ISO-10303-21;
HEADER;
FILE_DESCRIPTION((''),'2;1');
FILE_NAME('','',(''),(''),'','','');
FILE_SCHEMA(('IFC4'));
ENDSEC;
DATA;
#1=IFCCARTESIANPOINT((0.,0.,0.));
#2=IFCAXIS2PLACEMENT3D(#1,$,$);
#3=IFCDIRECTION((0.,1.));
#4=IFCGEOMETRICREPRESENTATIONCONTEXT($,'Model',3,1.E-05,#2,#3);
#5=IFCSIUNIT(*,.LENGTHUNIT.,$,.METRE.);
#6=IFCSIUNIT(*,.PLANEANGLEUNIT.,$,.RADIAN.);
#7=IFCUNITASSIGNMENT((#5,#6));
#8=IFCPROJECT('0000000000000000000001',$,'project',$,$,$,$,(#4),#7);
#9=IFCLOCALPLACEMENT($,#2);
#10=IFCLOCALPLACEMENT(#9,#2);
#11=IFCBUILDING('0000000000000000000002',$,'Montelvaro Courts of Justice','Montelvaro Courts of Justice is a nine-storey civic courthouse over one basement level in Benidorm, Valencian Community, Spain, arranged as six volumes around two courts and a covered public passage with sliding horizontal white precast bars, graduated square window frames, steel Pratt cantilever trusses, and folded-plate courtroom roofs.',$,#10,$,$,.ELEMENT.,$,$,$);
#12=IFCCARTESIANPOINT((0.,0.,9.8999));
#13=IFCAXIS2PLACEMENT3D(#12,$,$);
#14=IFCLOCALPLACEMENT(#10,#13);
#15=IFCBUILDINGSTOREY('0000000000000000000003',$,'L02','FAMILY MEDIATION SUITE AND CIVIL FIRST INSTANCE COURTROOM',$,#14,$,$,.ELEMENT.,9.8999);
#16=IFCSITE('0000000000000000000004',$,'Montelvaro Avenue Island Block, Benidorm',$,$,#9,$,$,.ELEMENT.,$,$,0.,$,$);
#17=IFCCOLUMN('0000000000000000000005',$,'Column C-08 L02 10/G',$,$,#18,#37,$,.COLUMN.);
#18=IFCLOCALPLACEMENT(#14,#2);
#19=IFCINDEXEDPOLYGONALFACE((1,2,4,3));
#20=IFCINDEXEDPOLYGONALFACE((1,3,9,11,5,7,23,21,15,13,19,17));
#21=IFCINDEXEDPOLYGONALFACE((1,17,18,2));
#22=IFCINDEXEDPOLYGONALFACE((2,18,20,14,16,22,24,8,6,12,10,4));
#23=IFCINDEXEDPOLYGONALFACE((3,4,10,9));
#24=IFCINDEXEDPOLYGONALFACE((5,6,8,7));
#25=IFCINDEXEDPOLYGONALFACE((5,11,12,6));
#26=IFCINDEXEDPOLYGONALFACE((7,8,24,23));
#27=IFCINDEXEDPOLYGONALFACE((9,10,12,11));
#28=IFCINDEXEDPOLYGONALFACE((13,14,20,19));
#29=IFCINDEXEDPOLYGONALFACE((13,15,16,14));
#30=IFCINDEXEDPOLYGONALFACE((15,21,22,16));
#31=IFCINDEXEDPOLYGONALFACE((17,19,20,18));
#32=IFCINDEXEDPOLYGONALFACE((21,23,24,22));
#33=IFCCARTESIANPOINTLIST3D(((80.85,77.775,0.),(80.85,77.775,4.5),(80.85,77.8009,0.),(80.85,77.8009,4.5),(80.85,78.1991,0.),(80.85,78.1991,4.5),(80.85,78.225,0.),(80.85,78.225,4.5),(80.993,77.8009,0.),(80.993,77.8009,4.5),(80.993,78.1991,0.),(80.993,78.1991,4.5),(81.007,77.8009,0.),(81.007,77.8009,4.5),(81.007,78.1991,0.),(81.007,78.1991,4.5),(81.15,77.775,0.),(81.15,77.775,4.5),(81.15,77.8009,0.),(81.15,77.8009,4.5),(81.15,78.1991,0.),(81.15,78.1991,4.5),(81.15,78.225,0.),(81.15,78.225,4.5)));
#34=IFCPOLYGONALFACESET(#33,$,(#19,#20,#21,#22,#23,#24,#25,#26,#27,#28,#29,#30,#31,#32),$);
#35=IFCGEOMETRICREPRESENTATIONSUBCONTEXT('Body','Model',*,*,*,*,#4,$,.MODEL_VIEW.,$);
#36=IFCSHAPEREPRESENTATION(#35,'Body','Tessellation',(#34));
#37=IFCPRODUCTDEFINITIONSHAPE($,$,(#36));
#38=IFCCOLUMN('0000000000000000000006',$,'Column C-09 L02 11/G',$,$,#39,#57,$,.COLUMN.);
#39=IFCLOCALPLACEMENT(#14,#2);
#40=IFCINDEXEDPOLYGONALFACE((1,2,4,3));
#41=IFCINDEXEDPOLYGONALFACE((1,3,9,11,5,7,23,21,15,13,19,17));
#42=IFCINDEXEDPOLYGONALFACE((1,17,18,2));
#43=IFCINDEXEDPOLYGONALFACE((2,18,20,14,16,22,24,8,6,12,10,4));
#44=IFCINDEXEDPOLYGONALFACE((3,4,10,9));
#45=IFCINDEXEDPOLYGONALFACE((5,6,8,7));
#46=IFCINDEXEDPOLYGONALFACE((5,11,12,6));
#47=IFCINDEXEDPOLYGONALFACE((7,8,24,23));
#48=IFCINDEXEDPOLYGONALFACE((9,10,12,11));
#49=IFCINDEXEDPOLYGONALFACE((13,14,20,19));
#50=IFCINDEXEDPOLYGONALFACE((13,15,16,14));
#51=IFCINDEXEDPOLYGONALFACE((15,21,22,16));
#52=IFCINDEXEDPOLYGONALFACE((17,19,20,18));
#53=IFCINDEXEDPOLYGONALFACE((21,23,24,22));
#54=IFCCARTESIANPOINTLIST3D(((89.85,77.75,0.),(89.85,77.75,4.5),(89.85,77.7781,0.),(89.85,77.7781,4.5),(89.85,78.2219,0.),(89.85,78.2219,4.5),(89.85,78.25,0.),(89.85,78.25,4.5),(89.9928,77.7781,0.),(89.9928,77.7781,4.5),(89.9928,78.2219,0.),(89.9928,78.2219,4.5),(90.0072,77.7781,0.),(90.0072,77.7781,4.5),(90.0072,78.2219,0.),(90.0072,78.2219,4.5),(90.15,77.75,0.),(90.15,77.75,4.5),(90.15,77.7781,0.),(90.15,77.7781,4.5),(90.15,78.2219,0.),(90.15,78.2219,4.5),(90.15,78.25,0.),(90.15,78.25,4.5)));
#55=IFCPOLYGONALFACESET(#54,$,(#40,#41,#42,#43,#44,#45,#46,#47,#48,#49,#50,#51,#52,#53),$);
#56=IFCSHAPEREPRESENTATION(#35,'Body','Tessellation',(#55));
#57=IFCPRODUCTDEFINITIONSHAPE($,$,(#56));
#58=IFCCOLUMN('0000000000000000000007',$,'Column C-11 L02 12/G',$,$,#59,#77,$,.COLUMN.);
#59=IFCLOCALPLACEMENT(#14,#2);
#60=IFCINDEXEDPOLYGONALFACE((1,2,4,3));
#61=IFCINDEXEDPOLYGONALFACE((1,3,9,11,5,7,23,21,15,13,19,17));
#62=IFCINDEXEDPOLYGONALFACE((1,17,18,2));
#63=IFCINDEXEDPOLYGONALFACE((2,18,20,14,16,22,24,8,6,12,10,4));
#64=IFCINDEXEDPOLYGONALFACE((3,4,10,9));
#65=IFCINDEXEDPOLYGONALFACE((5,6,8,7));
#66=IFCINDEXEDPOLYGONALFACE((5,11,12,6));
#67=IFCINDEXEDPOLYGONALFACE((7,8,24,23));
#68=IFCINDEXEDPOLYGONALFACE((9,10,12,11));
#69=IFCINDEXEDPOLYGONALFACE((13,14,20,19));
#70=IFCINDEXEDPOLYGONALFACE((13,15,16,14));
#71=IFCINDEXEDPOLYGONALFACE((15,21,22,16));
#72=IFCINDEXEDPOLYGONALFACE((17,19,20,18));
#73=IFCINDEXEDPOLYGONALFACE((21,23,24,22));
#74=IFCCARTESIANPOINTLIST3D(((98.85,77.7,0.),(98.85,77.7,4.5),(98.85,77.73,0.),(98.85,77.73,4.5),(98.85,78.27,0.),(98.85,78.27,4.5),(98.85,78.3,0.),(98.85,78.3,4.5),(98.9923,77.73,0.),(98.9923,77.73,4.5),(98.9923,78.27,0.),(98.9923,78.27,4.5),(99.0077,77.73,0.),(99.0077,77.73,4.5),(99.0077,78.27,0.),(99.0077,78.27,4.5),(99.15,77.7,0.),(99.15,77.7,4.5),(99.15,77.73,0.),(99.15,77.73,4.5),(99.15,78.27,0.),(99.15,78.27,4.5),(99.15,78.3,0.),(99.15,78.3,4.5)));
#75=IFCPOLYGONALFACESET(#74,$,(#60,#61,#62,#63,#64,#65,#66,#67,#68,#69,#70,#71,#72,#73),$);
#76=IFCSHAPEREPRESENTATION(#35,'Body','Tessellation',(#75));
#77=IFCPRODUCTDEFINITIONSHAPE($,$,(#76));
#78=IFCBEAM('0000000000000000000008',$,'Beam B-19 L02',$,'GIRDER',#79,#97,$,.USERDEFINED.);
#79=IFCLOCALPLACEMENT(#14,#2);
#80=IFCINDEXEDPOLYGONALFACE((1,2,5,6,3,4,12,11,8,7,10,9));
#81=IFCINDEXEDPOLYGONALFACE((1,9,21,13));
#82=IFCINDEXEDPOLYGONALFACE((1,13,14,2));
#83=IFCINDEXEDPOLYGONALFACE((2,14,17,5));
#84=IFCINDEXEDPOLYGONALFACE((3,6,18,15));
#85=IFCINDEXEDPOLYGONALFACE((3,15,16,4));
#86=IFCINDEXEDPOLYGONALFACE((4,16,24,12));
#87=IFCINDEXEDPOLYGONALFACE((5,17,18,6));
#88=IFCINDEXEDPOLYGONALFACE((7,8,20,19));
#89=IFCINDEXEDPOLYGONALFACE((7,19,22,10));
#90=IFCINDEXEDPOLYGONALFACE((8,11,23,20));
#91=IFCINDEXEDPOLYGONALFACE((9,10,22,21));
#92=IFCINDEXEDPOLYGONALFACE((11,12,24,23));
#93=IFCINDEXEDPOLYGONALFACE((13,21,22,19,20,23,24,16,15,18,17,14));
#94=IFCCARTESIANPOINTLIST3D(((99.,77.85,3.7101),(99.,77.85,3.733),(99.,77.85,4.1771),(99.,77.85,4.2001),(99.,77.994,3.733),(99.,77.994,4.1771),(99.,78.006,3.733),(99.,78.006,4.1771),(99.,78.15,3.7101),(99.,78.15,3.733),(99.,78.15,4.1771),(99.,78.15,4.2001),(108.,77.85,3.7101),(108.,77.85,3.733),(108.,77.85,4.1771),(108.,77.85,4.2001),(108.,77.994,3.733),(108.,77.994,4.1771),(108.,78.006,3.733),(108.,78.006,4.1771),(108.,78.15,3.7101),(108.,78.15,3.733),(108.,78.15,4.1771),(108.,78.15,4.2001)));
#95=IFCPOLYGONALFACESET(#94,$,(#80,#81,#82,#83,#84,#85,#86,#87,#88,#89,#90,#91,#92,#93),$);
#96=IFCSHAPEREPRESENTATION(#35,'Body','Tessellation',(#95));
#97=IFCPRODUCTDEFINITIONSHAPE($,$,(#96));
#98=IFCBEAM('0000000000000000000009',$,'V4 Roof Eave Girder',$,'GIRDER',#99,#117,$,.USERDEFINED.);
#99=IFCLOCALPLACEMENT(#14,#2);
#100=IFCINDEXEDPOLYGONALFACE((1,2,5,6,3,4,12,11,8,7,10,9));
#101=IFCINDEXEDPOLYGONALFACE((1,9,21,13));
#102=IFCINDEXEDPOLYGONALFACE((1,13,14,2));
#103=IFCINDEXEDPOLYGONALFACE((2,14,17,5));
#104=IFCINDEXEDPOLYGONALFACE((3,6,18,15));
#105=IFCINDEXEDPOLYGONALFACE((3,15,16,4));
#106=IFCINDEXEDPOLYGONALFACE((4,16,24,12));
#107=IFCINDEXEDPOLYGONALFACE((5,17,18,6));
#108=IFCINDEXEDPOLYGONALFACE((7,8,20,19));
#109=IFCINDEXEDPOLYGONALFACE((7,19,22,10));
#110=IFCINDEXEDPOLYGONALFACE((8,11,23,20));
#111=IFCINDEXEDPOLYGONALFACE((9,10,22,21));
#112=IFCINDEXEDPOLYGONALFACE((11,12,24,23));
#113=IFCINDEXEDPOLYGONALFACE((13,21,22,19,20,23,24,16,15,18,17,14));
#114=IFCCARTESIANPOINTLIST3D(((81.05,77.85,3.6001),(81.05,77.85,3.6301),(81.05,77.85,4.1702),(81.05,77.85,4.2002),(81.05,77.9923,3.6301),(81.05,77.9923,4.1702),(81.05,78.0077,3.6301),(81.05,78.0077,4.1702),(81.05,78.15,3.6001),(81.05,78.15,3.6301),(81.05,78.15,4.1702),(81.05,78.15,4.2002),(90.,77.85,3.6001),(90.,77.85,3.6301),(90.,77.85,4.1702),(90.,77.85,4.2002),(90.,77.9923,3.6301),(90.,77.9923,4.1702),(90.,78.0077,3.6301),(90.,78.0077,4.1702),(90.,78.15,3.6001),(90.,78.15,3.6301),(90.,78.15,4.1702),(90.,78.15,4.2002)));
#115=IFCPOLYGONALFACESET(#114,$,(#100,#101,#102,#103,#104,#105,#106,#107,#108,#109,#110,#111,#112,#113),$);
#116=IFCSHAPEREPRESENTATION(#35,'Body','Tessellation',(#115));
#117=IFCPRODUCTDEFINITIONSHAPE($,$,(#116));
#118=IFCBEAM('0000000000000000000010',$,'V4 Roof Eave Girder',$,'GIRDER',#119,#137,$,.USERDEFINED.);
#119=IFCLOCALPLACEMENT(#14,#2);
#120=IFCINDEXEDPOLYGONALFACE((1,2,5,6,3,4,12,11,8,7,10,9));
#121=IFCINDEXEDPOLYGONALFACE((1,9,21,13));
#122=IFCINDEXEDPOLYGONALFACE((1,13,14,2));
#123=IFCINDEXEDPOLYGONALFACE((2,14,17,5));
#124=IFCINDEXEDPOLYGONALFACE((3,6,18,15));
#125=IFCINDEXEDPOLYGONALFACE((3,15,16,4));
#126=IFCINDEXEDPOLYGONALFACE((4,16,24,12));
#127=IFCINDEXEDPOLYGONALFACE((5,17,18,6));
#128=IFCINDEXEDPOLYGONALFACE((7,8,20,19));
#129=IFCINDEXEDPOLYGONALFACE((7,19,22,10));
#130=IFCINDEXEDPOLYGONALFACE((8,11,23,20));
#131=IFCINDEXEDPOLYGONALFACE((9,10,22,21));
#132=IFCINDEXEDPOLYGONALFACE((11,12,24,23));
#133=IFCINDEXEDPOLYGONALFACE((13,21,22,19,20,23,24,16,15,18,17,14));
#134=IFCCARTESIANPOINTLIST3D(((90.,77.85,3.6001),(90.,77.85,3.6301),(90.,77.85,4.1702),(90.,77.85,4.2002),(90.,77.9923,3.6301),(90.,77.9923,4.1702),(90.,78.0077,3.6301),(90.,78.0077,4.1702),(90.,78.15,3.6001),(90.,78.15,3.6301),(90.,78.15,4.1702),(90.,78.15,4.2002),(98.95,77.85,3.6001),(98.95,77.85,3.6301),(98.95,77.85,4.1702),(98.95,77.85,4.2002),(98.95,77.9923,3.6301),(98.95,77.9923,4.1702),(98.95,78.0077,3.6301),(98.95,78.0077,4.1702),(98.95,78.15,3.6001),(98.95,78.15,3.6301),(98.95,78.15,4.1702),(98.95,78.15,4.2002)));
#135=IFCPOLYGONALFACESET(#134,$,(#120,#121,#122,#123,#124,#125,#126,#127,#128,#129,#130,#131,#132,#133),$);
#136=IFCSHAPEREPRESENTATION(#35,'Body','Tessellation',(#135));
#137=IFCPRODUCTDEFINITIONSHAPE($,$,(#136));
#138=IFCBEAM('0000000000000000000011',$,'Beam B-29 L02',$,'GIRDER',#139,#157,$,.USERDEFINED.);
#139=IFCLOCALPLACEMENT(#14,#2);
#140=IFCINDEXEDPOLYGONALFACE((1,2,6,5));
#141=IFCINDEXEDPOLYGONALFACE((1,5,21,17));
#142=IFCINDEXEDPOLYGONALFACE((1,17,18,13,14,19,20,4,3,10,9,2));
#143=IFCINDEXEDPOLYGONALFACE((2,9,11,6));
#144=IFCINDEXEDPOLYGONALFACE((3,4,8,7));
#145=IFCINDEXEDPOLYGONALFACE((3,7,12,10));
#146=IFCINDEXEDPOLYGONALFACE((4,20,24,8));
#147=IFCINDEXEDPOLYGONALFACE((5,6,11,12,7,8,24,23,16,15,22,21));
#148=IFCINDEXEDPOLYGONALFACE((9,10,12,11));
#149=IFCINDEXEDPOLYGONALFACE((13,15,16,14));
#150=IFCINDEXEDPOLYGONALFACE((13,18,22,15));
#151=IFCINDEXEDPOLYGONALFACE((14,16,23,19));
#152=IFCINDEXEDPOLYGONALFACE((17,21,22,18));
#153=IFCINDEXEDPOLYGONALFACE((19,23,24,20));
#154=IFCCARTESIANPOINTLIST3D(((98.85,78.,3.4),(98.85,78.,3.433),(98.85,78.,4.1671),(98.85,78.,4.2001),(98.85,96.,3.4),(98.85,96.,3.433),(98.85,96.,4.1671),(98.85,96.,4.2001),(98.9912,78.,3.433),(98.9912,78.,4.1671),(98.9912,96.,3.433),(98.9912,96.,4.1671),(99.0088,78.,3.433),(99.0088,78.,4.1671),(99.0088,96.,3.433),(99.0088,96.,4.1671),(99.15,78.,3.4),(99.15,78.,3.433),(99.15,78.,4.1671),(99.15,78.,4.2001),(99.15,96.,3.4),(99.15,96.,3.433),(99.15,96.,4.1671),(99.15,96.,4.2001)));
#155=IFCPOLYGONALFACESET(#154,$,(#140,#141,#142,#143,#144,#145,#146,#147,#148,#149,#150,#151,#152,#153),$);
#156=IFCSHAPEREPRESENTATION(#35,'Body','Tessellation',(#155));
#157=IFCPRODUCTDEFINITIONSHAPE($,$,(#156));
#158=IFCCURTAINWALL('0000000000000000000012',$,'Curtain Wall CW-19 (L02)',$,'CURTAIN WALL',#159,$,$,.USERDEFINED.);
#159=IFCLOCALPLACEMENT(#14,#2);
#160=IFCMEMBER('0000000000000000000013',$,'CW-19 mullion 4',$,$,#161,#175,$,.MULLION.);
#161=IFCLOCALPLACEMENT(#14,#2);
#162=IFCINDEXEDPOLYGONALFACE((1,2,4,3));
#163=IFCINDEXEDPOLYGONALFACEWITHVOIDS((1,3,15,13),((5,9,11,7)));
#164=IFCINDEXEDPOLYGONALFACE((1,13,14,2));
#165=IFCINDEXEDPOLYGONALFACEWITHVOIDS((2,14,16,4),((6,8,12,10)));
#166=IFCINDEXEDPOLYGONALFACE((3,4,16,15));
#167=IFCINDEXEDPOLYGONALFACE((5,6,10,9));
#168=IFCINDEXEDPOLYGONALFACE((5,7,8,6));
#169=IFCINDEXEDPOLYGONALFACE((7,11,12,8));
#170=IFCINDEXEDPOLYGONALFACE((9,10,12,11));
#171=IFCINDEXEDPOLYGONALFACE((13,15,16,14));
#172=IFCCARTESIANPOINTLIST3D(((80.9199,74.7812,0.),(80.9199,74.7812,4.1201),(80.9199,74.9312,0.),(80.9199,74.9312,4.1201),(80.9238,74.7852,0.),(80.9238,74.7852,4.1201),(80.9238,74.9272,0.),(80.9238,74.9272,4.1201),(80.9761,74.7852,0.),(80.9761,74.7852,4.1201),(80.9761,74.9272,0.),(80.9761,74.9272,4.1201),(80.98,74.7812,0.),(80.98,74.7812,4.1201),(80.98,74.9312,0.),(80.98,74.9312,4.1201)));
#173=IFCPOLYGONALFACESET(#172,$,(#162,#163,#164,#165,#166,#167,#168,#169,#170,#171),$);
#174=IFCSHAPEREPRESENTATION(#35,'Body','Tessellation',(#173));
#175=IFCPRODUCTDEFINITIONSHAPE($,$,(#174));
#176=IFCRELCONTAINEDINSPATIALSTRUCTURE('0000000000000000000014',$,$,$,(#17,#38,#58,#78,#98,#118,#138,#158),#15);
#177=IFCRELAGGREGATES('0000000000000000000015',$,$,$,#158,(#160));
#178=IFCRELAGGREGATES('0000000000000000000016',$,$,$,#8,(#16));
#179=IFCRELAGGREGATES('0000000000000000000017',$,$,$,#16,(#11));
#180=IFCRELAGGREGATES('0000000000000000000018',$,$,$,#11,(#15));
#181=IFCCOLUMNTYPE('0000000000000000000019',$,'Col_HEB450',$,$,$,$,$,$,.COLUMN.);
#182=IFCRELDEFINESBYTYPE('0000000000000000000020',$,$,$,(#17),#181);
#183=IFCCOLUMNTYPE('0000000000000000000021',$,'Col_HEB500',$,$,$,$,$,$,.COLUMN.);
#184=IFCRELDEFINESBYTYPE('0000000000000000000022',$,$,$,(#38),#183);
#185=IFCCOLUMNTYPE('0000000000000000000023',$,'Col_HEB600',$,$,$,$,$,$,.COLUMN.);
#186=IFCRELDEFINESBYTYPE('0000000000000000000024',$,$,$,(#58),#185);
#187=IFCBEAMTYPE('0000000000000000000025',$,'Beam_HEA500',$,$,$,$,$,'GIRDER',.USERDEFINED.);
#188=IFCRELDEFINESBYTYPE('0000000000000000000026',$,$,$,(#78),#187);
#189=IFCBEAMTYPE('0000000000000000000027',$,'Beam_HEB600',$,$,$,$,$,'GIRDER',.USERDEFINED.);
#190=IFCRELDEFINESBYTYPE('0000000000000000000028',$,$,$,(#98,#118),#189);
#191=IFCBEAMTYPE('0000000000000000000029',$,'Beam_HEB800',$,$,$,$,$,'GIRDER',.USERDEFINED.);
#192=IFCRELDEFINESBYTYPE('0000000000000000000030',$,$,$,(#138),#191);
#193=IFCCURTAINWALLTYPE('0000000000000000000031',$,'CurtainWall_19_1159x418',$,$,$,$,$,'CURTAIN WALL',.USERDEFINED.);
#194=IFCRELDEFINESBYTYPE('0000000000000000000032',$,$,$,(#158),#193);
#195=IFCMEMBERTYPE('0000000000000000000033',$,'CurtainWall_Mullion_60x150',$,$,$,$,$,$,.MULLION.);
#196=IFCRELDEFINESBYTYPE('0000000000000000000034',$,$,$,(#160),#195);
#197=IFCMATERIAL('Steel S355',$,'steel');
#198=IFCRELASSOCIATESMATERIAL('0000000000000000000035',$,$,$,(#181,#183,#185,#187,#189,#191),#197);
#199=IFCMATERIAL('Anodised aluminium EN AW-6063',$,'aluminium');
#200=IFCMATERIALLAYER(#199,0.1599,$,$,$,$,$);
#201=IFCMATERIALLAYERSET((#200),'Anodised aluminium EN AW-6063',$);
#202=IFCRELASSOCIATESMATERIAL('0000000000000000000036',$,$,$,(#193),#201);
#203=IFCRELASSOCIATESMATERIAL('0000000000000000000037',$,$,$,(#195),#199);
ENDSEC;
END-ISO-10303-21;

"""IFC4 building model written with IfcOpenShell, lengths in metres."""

from ifc_helpers import new_model, si_unit, direction, frame, origin, origin_2d, place, context, subcontext, project, spatial, hollow_rectangle, i_section, extrude, material, layer, layer_set, material_profile, profile_set, type_object, element, aggregate, save


model = new_model("IFC4")

# Units and contexts
model_context = context("Model", 3, precision=1e-05, world=origin(), true_north=direction((0.0, 1.0)))
body_context = subcontext(model_context, "Body", "Model", "MODEL_VIEW")
ifc_project = project(units=[si_unit("LENGTHUNIT", "METRE"), si_unit("PLANEANGLEUNIT", "RADIAN")], contexts=[model_context])

# Site, building, storey
site_placement = place(None, origin())
site = spatial("IfcSite", under=ifc_project, at=site_placement, Name="Montelvaro Avenue Island Block, Benidorm", CompositionType="ELEMENT", RefElevation=0.0)
building_placement = place(site_placement, origin())
building = spatial("IfcBuilding", under=site, at=building_placement, Name="Montelvaro Courts of Justice", Description="Montelvaro Courts of Justice is a nine-storey civic courthouse over one basement level in Benidorm, Valencian Community, Spain, arranged as six volumes around two courts and a covered public passage with sliding horizontal white precast bars, graduated square window frames, steel Pratt cantilever trusses, and folded-plate courtroom roofs.", CompositionType="ELEMENT")
storey_placement = place(building_placement, frame((0.0, 0.0, 9.8999)))
storey = spatial("IfcBuildingStorey", under=building, at=storey_placement, Name="L02", Description="FAMILY MEDIATION SUITE AND CIVIL FIRST INSTANCE COURTROOM", CompositionType="ELEMENT", Elevation=9.8999)

# Columns
ifc_material_1 = material(Name="Steel S355", Category="steel")
ifc_material_profile_1 = material_profile(ifc_material_1, i_section(OverallWidth=0.3, OverallDepth=0.45, WebThickness=0.0139, FlangeThickness=0.0259, at=origin_2d()), Name="HEB 450")
ifc_profile_set_1 = profile_set([ifc_material_profile_1], Name="Steel S355")
column_type_1 = type_object("IfcColumnType", Name="Col_HEB450", PredefinedType="COLUMN", material=ifc_profile_set_1)
column_1_placement = place(storey_placement, frame((81.0, 78.0, 0.0), z_axis=(0.0, 0.0, 1.0), x_axis=(1.0, 0.0, 0.0)))
element("IfcColumn", 1, at=column_1_placement, inside=storey, type_object=column_type_1, Name="Column C-08 L02 10/G", PredefinedType="COLUMN", context=body_context, shape_type="SweptSolid", body=[
    extrude(i_section(OverallWidth=0.3, OverallDepth=0.45, WebThickness=0.0139, FlangeThickness=0.0259, at=origin_2d()), origin(), (0.0, 0.0, 1.0), 4.5),
])
ifc_material_profile_2 = material_profile(ifc_material_1, i_section(OverallWidth=0.3, OverallDepth=0.5, WebThickness=0.0144, FlangeThickness=0.0281, at=origin_2d()), Name="HEB 500")
ifc_profile_set_2 = profile_set([ifc_material_profile_2], Name="Steel S355")
column_type_2 = type_object("IfcColumnType", Name="Col_HEB500", PredefinedType="COLUMN", material=ifc_profile_set_2)
column_2_placement = place(storey_placement, frame((90.0, 78.0, 0.0), z_axis=(0.0, 0.0, 1.0), x_axis=(1.0, 0.0, 0.0)))
element("IfcColumn", 2, at=column_2_placement, inside=storey, type_object=column_type_2, Name="Column C-09 L02 11/G", PredefinedType="COLUMN", context=body_context, shape_type="SweptSolid", body=[
    extrude(i_section(OverallWidth=0.3, OverallDepth=0.5, WebThickness=0.0144, FlangeThickness=0.0281, at=origin_2d()), origin(), (0.0, 0.0, 1.0), 4.5),
])
ifc_material_profile_3 = material_profile(ifc_material_1, i_section(OverallWidth=0.3, OverallDepth=0.6001, WebThickness=0.0154, FlangeThickness=0.03, at=origin_2d()), Name="HEB 600")
ifc_profile_set_3 = profile_set([ifc_material_profile_3], Name="Steel S355")
column_type_3 = type_object("IfcColumnType", Name="Col_HEB600", PredefinedType="COLUMN", material=ifc_profile_set_3)
column_3_placement = place(storey_placement, frame((99.0, 78.0, 0.0), z_axis=(0.0, 0.0, 1.0), x_axis=(1.0, 0.0, 0.0)))
element("IfcColumn", 3, at=column_3_placement, inside=storey, type_object=column_type_3, Name="Column C-11 L02 12/G", PredefinedType="COLUMN", context=body_context, shape_type="SweptSolid", body=[
    extrude(i_section(OverallWidth=0.3, OverallDepth=0.6001, WebThickness=0.0154, FlangeThickness=0.03, at=origin_2d()), origin(), (0.0, 0.0, 1.0), 4.5),
])

# Beams
ifc_material_profile_4 = material_profile(ifc_material_1, i_section(OverallWidth=0.3, OverallDepth=0.49, WebThickness=0.012, FlangeThickness=0.0229, at=origin_2d()), Name="HEA 500")
ifc_profile_set_4 = profile_set([ifc_material_profile_4], Name="Steel S355")
beam_type_1 = type_object("IfcBeamType", Name="Beam_HEA500", ElementType="GIRDER", PredefinedType="USERDEFINED", material=ifc_profile_set_4)
beam_1_placement = place(storey_placement, frame((99.0, 78.0, 3.9551), z_axis=(1.0, 0.0, 0.0), x_axis=(0.0, 1.0, 0.0)))
element("IfcBeam", 4, at=beam_1_placement, inside=storey, type_object=beam_type_1, Name="Beam B-19 L02", ObjectType="GIRDER", PredefinedType="USERDEFINED", context=body_context, shape_type="SweptSolid", body=[
    extrude(i_section(OverallWidth=0.3, OverallDepth=0.49, WebThickness=0.012, FlangeThickness=0.0229, at=origin_2d()), origin(), (0.0, 0.0, 1.0), 9.0),
])
ifc_material_profile_5 = material_profile(ifc_material_1, i_section(OverallWidth=0.3, OverallDepth=0.6001, WebThickness=0.0154, FlangeThickness=0.03, at=origin_2d()), Name="HEB 600")
ifc_profile_set_5 = profile_set([ifc_material_profile_5], Name="Steel S355")
beam_type_2 = type_object("IfcBeamType", Name="Beam_HEB600", ElementType="GIRDER", PredefinedType="USERDEFINED", material=ifc_profile_set_5)
for number, where, z_axis, x_axis, name in (
    (5, (81.05, 78.0, 3.9001), (1.0, 0.0, 0.0), (0.0, 1.0, 0.0), "V4 Roof Eave Girder"),
    (6, (90.0, 78.0, 3.9001), (1.0, 0.0, 0.0), (0.0, 1.0, 0.0), "V4 Roof Eave Girder"),
):
    element("IfcBeam", number, at=place(storey_placement, frame(where, z_axis=z_axis, x_axis=x_axis)), inside=storey, type_object=beam_type_2, Name=name, ObjectType="GIRDER", PredefinedType="USERDEFINED", context=body_context, shape_type="SweptSolid", body=[
        extrude(i_section(OverallWidth=0.3, OverallDepth=0.6001, WebThickness=0.0154, FlangeThickness=0.03, at=origin_2d()), origin(), (0.0, 0.0, 1.0), 8.95),
    ])
ifc_material_profile_6 = material_profile(ifc_material_1, i_section(OverallWidth=0.3, OverallDepth=0.8, WebThickness=0.0176, FlangeThickness=0.033, at=origin_2d()), Name="HEB 800")
ifc_profile_set_6 = profile_set([ifc_material_profile_6], Name="Steel S355")
beam_type_3 = type_object("IfcBeamType", Name="Beam_HEB800", ElementType="GIRDER", PredefinedType="USERDEFINED", material=ifc_profile_set_6)
beam_2_placement = place(storey_placement, frame((99.0, 78.0, 3.8), z_axis=(0.0, 1.0, 0.0), x_axis=(-1.0, 0.0, 0.0)))
element("IfcBeam", 7, at=beam_2_placement, inside=storey, type_object=beam_type_3, Name="Beam B-29 L02", ObjectType="GIRDER", PredefinedType="USERDEFINED", context=body_context, shape_type="SweptSolid", body=[
    extrude(i_section(OverallWidth=0.3, OverallDepth=0.8, WebThickness=0.0176, FlangeThickness=0.033, at=origin_2d()), origin(), (0.0, 0.0, 1.0), 18.0),
])

# Curtain wall, member
ifc_material_2 = material(Name="Anodised aluminium EN AW-6063", Category="aluminium")
ifc_layer_1 = layer(ifc_material_2, 0.1599)
ifc_layer_set_1 = layer_set([ifc_layer_1], Name="Anodised aluminium EN AW-6063")
curtain_wall_type_1 = type_object("IfcCurtainWallType", Name="CurtainWall_19_1159x418", ElementType="CURTAIN WALL", PredefinedType="USERDEFINED", material=ifc_layer_set_1)
curtain_wall_1_placement = place(storey_placement, origin())
curtain_wall_1 = element("IfcCurtainWall", 8, at=curtain_wall_1_placement, inside=storey, type_object=curtain_wall_type_1, Name="Curtain Wall CW-19 (L02)", ObjectType="CURTAIN WALL", PredefinedType="USERDEFINED")
ifc_material_profile_7 = material_profile(ifc_material_2, hollow_rectangle(XDim=0.0601, YDim=0.1499, WallThickness=0.0039, at=origin_2d()), Name="ALU-M 60x150")
ifc_profile_set_7 = profile_set([ifc_material_profile_7], Name="Anodised aluminium EN AW-6063")
member_type_1 = type_object("IfcMemberType", Name="CurtainWall_Mullion_60x150", PredefinedType="MULLION", material=ifc_profile_set_7)
member_1_placement = place(storey_placement, frame((80.95, 74.8562, 0.0), z_axis=(0.0, 0.0, 1.0), x_axis=(-1.0, 0.0, 0.0)))
member_1 = element("IfcMember", 9, at=member_1_placement, type_object=member_type_1, Name="CW-19 mullion 4", PredefinedType="MULLION", context=body_context, shape_type="SweptSolid", body=[
    extrude(hollow_rectangle(XDim=0.0601, YDim=0.1499, WallThickness=0.0039, at=origin_2d()), origin(), (0.0, 0.0, 1.0), 4.1201),
])

aggregate(curtain_wall_1, [member_1])

save(model, "model.ifc")
